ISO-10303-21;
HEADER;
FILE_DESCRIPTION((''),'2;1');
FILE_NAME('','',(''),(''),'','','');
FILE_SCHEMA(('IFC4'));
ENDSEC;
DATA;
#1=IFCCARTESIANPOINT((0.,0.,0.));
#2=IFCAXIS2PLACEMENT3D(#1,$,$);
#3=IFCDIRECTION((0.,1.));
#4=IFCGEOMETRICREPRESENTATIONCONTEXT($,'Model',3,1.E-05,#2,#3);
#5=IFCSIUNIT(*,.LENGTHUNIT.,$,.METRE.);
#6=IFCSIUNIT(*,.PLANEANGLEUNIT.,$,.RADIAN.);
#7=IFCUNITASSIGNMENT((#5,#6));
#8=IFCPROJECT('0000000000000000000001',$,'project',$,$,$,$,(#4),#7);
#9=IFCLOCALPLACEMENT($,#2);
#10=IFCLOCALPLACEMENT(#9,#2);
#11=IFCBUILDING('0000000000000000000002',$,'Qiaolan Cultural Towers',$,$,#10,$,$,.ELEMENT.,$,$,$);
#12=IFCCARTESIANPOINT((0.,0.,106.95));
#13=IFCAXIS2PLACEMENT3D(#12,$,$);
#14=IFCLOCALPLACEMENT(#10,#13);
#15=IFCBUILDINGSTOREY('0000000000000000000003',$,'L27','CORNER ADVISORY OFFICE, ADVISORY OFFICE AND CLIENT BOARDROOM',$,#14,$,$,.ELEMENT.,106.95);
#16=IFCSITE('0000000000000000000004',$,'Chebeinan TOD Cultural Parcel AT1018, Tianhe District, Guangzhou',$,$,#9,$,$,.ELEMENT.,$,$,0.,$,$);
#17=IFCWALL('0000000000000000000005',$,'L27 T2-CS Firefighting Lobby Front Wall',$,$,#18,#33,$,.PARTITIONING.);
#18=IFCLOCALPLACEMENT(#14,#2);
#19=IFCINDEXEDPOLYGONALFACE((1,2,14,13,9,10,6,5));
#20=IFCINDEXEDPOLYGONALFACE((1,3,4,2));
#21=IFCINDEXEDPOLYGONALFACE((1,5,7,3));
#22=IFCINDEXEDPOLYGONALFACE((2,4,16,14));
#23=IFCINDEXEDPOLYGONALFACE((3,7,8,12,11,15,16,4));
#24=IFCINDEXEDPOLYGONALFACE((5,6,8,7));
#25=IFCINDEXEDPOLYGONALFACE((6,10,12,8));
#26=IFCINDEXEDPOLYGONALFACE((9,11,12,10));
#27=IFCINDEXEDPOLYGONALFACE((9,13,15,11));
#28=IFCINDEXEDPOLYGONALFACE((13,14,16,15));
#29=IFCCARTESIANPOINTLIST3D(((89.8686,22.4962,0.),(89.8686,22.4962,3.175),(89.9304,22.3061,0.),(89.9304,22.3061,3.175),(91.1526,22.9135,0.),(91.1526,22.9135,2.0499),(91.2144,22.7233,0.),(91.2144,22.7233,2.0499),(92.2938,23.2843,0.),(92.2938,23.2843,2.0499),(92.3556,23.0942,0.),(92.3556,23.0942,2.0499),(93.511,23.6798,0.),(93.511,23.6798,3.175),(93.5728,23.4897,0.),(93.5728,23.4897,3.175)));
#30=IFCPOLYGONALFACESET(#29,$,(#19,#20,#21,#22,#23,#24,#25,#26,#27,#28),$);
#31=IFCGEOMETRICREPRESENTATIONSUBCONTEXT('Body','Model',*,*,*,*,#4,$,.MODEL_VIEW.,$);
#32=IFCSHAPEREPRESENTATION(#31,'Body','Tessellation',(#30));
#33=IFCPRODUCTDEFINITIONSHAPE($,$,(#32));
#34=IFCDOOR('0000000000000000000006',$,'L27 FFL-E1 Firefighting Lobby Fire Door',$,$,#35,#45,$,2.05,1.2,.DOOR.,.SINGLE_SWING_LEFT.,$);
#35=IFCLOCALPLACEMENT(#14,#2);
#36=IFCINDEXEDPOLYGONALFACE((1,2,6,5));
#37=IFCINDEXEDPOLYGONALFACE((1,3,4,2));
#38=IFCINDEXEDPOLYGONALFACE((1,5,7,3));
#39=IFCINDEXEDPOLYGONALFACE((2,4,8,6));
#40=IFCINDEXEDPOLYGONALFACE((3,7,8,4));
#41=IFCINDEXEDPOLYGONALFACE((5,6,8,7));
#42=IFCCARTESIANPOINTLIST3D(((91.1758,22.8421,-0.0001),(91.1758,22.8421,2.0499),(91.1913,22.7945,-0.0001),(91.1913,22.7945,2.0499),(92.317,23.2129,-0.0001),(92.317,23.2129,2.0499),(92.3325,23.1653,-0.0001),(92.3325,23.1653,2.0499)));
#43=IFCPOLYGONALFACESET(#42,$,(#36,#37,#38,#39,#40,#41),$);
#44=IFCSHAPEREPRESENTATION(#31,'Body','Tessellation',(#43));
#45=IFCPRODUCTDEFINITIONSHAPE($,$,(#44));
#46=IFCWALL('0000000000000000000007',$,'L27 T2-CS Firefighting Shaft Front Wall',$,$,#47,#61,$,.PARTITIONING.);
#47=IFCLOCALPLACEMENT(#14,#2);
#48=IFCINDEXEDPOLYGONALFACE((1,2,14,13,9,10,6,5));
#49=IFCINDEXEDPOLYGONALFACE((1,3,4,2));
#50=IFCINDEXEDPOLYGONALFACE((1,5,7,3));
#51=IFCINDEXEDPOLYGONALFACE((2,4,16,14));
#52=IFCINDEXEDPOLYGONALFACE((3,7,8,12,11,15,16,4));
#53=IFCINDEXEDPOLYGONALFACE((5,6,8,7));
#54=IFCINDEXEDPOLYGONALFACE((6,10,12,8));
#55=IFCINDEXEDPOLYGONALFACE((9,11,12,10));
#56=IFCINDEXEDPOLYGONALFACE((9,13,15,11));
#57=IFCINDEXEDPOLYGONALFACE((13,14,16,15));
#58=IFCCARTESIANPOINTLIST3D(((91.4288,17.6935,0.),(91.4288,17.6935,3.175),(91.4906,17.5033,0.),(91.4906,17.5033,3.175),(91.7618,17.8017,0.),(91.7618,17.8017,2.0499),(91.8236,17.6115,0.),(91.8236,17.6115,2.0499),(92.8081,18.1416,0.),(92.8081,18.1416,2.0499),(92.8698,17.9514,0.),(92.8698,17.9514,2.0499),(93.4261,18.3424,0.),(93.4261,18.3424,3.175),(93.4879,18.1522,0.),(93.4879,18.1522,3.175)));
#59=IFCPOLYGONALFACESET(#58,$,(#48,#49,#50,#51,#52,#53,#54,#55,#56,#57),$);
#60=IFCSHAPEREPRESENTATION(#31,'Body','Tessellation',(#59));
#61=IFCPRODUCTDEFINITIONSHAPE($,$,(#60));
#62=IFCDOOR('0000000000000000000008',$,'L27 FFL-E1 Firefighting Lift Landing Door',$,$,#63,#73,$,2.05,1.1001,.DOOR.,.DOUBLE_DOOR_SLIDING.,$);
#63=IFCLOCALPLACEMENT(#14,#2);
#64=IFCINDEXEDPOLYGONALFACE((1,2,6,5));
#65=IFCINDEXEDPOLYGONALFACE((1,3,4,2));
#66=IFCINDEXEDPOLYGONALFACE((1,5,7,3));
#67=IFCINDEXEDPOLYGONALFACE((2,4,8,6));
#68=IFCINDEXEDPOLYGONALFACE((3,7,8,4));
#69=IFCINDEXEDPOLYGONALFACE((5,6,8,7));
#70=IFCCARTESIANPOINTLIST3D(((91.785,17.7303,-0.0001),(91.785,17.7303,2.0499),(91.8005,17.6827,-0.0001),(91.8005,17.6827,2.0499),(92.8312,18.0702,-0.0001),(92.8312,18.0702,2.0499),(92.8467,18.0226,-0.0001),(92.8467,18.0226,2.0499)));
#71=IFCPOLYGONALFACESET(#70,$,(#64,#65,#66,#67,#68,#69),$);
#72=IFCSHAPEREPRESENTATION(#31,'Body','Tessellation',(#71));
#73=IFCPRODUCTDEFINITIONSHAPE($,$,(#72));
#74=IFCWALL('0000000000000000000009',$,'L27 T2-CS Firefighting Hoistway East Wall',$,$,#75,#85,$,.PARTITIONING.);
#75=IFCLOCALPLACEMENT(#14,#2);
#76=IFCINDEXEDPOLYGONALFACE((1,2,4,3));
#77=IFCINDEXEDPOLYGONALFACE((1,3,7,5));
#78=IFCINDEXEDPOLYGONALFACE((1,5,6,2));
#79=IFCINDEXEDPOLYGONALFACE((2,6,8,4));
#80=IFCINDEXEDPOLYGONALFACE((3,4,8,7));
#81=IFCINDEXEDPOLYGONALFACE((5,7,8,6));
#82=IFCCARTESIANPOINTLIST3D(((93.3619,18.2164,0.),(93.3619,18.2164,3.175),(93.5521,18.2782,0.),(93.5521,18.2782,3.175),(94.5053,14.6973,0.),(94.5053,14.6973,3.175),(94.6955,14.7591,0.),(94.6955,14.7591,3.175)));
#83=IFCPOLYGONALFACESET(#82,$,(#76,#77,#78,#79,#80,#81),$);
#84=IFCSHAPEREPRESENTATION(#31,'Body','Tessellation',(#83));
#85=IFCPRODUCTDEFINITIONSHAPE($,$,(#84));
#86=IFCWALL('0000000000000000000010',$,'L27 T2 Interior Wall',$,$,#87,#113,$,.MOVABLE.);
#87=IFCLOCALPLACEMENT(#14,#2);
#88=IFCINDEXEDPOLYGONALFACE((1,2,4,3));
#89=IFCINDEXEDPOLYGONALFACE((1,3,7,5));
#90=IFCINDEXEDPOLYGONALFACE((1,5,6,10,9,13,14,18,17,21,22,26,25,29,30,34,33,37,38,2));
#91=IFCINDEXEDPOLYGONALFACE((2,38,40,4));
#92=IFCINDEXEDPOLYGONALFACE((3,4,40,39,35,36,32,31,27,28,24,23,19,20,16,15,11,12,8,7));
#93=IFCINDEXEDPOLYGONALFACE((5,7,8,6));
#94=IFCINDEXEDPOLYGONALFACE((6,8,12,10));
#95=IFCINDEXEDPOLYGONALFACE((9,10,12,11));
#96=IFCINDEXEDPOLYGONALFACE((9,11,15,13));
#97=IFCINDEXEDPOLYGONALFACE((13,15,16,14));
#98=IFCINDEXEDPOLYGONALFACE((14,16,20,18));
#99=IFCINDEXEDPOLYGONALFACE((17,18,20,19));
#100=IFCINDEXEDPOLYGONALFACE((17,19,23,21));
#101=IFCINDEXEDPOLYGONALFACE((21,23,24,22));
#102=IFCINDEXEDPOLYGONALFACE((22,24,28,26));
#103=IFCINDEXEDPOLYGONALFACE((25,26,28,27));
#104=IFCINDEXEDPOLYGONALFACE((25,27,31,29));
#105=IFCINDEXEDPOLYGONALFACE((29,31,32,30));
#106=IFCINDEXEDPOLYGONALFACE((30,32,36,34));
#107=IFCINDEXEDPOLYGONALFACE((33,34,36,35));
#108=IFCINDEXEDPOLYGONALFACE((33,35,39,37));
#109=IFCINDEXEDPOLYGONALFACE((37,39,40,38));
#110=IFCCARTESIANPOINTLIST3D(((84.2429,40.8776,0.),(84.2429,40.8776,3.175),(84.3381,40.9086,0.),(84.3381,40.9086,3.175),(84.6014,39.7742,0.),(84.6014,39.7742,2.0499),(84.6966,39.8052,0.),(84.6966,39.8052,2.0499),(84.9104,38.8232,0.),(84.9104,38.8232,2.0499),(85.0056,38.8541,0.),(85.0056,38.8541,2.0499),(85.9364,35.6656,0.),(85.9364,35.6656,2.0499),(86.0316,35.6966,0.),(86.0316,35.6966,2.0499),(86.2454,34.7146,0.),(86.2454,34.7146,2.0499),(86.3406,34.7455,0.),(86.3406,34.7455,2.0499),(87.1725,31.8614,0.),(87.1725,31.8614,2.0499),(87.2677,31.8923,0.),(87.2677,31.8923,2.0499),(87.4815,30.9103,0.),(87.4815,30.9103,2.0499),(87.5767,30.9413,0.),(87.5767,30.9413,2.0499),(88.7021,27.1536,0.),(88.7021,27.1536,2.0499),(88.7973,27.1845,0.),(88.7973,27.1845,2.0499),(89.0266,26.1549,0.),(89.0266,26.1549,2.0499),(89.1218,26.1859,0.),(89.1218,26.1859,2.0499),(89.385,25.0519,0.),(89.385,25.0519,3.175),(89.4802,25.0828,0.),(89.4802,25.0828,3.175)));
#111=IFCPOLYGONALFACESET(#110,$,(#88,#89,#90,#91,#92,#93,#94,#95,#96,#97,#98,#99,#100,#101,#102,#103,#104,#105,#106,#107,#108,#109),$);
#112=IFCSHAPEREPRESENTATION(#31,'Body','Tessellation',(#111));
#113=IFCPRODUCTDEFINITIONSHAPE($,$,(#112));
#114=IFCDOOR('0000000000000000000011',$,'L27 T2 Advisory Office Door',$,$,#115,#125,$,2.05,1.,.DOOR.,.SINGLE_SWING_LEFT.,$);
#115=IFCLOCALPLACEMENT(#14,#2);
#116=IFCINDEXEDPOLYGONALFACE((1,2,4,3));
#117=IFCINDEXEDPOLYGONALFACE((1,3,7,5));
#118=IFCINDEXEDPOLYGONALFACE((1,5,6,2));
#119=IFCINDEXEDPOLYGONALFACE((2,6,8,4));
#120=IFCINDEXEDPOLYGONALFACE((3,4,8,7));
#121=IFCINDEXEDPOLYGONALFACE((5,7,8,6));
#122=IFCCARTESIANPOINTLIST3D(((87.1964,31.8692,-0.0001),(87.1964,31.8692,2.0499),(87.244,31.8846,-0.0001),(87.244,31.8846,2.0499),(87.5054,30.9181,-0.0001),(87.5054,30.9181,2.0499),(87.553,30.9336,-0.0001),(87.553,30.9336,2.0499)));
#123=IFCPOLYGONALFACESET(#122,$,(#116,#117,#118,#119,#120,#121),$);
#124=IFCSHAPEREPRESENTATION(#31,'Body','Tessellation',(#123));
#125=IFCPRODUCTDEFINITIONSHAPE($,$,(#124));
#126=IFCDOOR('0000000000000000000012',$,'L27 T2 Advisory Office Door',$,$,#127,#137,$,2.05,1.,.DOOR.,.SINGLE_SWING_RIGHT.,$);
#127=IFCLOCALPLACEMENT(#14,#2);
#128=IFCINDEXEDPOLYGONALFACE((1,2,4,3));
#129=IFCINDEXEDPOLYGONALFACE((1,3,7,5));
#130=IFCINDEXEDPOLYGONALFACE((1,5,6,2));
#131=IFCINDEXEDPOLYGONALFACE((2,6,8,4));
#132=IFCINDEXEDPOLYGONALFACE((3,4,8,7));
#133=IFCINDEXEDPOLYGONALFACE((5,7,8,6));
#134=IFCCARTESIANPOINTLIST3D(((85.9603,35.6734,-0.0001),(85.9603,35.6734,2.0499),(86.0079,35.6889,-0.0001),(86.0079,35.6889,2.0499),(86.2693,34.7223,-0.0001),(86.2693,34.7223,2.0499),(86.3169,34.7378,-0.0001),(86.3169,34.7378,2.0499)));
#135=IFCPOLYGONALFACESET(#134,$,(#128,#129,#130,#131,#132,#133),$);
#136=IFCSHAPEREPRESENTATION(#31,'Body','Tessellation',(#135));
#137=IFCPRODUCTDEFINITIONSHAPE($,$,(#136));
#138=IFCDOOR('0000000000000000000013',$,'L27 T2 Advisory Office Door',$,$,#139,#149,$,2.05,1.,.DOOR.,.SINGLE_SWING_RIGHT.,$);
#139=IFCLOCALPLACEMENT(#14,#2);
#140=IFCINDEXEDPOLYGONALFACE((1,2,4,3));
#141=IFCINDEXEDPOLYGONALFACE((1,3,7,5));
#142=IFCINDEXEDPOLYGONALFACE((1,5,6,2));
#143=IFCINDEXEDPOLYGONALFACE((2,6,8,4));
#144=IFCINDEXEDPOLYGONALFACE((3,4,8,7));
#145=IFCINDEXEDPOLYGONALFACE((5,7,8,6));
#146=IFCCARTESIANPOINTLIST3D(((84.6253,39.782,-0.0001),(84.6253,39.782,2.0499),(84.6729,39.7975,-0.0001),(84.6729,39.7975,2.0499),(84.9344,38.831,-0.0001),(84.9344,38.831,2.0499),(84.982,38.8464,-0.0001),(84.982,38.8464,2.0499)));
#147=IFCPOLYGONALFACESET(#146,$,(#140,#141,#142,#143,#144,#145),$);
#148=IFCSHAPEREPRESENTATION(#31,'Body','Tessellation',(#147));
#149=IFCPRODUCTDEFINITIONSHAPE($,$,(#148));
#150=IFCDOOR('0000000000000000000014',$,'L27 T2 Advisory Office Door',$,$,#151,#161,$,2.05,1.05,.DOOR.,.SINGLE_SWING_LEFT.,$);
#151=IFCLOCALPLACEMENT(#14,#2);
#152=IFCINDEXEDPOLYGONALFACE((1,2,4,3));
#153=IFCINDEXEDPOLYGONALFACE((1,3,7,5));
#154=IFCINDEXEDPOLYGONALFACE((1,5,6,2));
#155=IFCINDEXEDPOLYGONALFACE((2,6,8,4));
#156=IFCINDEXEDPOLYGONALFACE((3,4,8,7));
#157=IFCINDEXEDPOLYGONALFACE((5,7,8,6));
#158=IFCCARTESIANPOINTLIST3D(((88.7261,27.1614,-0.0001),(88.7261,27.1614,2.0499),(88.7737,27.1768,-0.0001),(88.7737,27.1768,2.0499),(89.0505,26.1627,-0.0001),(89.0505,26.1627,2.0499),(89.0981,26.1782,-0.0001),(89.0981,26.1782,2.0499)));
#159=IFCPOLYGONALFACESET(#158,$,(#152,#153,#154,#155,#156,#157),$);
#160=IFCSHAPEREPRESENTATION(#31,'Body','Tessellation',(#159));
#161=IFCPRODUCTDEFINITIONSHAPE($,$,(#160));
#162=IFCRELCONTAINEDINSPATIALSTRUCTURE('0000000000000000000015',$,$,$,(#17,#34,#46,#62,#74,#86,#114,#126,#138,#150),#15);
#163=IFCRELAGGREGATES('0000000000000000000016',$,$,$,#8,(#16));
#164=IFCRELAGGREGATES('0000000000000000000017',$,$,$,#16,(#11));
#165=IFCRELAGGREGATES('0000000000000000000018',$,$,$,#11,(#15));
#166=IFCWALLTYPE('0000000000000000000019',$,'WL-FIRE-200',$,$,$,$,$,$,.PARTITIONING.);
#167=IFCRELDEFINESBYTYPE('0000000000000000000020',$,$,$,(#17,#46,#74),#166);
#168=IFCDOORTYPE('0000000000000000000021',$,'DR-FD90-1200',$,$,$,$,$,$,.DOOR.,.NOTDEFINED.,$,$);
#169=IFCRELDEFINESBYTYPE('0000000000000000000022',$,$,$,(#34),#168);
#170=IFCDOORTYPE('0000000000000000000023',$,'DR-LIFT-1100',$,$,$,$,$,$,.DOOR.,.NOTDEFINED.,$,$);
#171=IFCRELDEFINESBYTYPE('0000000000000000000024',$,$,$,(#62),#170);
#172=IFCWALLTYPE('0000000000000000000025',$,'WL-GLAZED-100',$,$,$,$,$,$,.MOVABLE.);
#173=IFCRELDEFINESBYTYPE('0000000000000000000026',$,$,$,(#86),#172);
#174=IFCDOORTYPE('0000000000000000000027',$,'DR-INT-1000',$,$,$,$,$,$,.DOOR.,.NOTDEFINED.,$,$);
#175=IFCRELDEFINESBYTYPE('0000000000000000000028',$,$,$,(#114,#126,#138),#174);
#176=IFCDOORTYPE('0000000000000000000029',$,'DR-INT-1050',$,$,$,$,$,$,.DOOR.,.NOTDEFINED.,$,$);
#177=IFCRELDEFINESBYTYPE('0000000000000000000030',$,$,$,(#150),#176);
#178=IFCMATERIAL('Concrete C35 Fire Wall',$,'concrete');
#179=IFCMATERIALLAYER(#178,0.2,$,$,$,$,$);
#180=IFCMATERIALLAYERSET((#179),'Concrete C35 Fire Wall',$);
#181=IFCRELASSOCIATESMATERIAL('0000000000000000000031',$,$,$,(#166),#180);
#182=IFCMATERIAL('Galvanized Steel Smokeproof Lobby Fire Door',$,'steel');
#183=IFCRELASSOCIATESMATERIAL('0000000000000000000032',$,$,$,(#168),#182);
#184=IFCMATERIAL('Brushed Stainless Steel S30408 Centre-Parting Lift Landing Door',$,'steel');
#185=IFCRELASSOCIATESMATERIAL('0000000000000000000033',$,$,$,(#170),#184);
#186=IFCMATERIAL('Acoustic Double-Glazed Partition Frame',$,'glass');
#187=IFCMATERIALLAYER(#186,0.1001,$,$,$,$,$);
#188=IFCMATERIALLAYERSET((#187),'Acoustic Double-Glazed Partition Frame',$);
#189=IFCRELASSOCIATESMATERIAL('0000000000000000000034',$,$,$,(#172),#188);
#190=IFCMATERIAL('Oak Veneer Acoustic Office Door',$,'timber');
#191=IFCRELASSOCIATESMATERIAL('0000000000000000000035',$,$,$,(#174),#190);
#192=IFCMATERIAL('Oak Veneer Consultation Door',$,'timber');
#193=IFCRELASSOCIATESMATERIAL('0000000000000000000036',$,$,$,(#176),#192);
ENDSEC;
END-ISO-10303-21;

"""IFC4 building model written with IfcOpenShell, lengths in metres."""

from ifc_helpers import new_model, si_unit, direction, frame, frame_2d, origin, place, context, subcontext, project, spatial, rectangle, extrude, material, layer, layer_set, type_object, element, fill, save


model = new_model("IFC4")

# Units and contexts
model_context = context("Model", 3, precision=1e-05, world=origin(), true_north=direction((0.0, 1.0)))
body_context = subcontext(model_context, "Body", "Model", "MODEL_VIEW")
ifc_project = project(units=[si_unit("LENGTHUNIT", "METRE"), si_unit("PLANEANGLEUNIT", "RADIAN")], contexts=[model_context])

# Site, building, storey
site_placement = place(None, origin())
site = spatial("IfcSite", under=ifc_project, at=site_placement, Name="Chebeinan TOD Cultural Parcel AT1018, Tianhe District, Guangzhou", CompositionType="ELEMENT", RefElevation=0.0)
building_placement = place(site_placement, origin())
building = spatial("IfcBuilding", under=site, at=building_placement, Name="Qiaolan Cultural Towers", CompositionType="ELEMENT")
storey_placement = place(building_placement, frame((0.0, 0.0, 106.95)))
storey = spatial("IfcBuildingStorey", under=building, at=storey_placement, Name="L27", Description="CORNER ADVISORY OFFICE, ADVISORY OFFICE AND CLIENT BOARDROOM", CompositionType="ELEMENT", Elevation=106.95)

# Shared definitions
ifc_material_1 = material(Name="Concrete C35 Fire Wall", Category="concrete")
ifc_layer_1 = layer(ifc_material_1, 0.2)
ifc_layer_set_1 = layer_set([ifc_layer_1], Name="Concrete C35 Fire Wall")
wall_type_1 = type_object("IfcWallType", Name="WL-FIRE-200", PredefinedType="PARTITIONING", material=ifc_layer_set_1)

# Walls, openings, doors
wall_1_placement = place(storey_placement, frame((89.8994, 22.4011, 0.0), z_axis=(0.0, 0.0, 1.0), x_axis=(0.951047, 0.309047, 0.0)))
wall_1 = element("IfcWall", 1, at=wall_1_placement, inside=storey, type_object=wall_type_1, Name="L27 T2-CS Firefighting Lobby Front Wall", PredefinedType="PARTITIONING", context=body_context, shape_type="SweptSolid", body=[
    extrude(rectangle(XDim=3.8298, YDim=0.2, at=frame_2d((1.915, 0.0))), origin(), (0.0, 0.0, 1.0), 3.175),
])
opening_1_placement = place(wall_1_placement, frame((1.3501, 0.0, 0.0)))
opening_1 = element("IfcOpeningElement", 2, at=opening_1_placement, cuts=wall_1, PredefinedType="OPENING", context=body_context, shape_type="SweptSolid", body=[
    extrude(rectangle(XDim=1.2, YDim=2.05, at=frame_2d((0.6001, 1.0249))), frame((0.0, 0.1099, 0.0), z_axis=(0.0, -1.0, 0.0), x_axis=(1.0, 0.0, 0.0)), (0.0, 0.0, 1.0), 0.22),
])
ifc_material_2 = material(Name="Galvanized Steel Smokeproof Lobby Fire Door", Category="steel")
door_type_1 = type_object("IfcDoorType", Name="DR-FD90-1200", OperationType="NOTDEFINED", PredefinedType="DOOR", material=ifc_material_2)
door_1_placement = place(opening_1_placement, origin())
door_1 = element("IfcDoor", 3, at=door_1_placement, inside=storey, type_object=door_type_1, Name="L27 FFL-E1 Firefighting Lobby Fire Door", OperationType="SINGLE_SWING_LEFT", OverallHeight=2.05, OverallWidth=1.2, PredefinedType="DOOR", context=body_context, shape_type="SweptSolid", body=[
    extrude(rectangle(XDim=1.2, YDim=2.05, at=frame_2d((0.6001, 1.0249))), frame((0.0, 0.0249, 0.0), z_axis=(0.0, -1.0, 0.0), x_axis=(1.0, 0.0, 0.0)), (0.0, 0.0, 1.0), 0.05),
])
fill(opening_1, door_1)
wall_2_placement = place(storey_placement, frame((91.4597, 17.5984, 0.0), z_axis=(0.0, 0.0, 1.0), x_axis=(0.951062, 0.308999, 0.0)))
wall_2 = element("IfcWall", 4, at=wall_2_placement, inside=storey, type_object=wall_type_1, Name="L27 T2-CS Firefighting Shaft Front Wall", PredefinedType="PARTITIONING", context=body_context, shape_type="SweptSolid", body=[
    extrude(rectangle(XDim=2.1001, YDim=0.2, at=frame_2d((1.05, 0.0))), origin(), (0.0, 0.0, 1.0), 3.175),
])
opening_2_placement = place(wall_2_placement, frame((0.3501, 0.0, 0.0)))
opening_2 = element("IfcOpeningElement", 5, at=opening_2_placement, cuts=wall_2, PredefinedType="OPENING", context=body_context, shape_type="SweptSolid", body=[
    extrude(rectangle(XDim=1.1001, YDim=2.05, at=frame_2d((0.55, 1.0249))), frame((0.0, 0.1099, 0.0), z_axis=(0.0, -1.0, 0.0), x_axis=(1.0, 0.0, 0.0)), (0.0, 0.0, 1.0), 0.22),
])
ifc_material_3 = material(Name="Brushed Stainless Steel S30408 Centre-Parting Lift Landing Door", Category="steel")
door_type_2 = type_object("IfcDoorType", Name="DR-LIFT-1100", OperationType="NOTDEFINED", PredefinedType="DOOR", material=ifc_material_3)
door_2_placement = place(opening_2_placement, origin())
door_2 = element("IfcDoor", 6, at=door_2_placement, inside=storey, type_object=door_type_2, Name="L27 FFL-E1 Firefighting Lift Landing Door", OperationType="DOUBLE_DOOR_SLIDING", OverallHeight=2.05, OverallWidth=1.1001, PredefinedType="DOOR", context=body_context, shape_type="SweptSolid", body=[
    extrude(rectangle(XDim=1.1001, YDim=2.05, at=frame_2d((0.55, 1.0249))), frame((0.0, 0.0249, 0.0), z_axis=(0.0, -1.0, 0.0), x_axis=(1.0, 0.0, 0.0)), (0.0, 0.0, 1.0), 0.05),
])
fill(opening_2, door_2)

# Wall
wall_3_placement = place(storey_placement, frame((93.457, 18.2473, 0.0), z_axis=(0.0, 0.0, 1.0), x_axis=(0.308994, -0.951064, 0.0)))
element("IfcWall", 7, at=wall_3_placement, inside=storey, type_object=wall_type_1, Name="L27 T2-CS Firefighting Hoistway East Wall", PredefinedType="PARTITIONING", context=body_context, shape_type="SweptSolid", body=[
    extrude(rectangle(XDim=3.7002, YDim=0.2, at=frame_2d((1.8501, 0.0))), origin(), (0.0, 0.0, 1.0), 3.175),
])

# Wall, openings, doors
ifc_material_4 = material(Name="Acoustic Double-Glazed Partition Frame", Category="glass")
ifc_layer_2 = layer(ifc_material_4, 0.1001)
ifc_layer_set_2 = layer_set([ifc_layer_2], Name="Acoustic Double-Glazed Partition Frame")
wall_type_2 = type_object("IfcWallType", Name="WL-GLAZED-100", PredefinedType="MOVABLE", material=ifc_layer_set_2)
wall_4_placement = place(storey_placement, frame((89.4326, 25.0674, 0.0), z_axis=(0.0, 0.0, 1.0), x_axis=(-0.309018, 0.951056, 0.0)))
wall_4 = element("IfcWall", 8, at=wall_4_placement, inside=storey, type_object=wall_type_2, Name="L27 T2 Interior Wall", PredefinedType="MOVABLE", context=body_context, shape_type="SweptSolid", body=[
    extrude(rectangle(XDim=16.6401, YDim=0.1001, at=frame_2d((8.3201, 0.0))), origin(), (0.0, 0.0, 1.0), 3.175),
])
opening_3_placement = place(wall_4_placement, frame((1.1599, 0.0, 0.0)))
opening_3 = element("IfcOpeningElement", 9, at=opening_3_placement, cuts=wall_4, PredefinedType="OPENING", context=body_context, shape_type="SweptSolid", body=[
    extrude(rectangle(XDim=1.05, YDim=2.05, at=frame_2d((0.5249, 1.0249))), frame((0.0, 0.0601, 0.0), z_axis=(0.0, -1.0, 0.0), x_axis=(1.0, 0.0, 0.0)), (0.0, 0.0, 1.0), 0.1201),
])
opening_4_placement = place(wall_4_placement, frame((6.1599, 0.0, 0.0)))
opening_4 = element("IfcOpeningElement", 10, at=opening_4_placement, cuts=wall_4, PredefinedType="OPENING", context=body_context, shape_type="SweptSolid", body=[
    extrude(rectangle(XDim=1.0, YDim=2.05, at=frame_2d((0.5, 1.0249))), frame((0.0, 0.0601, 0.0), z_axis=(0.0, -1.0, 0.0), x_axis=(1.0, 0.0, 0.0)), (0.0, 0.0, 1.0), 0.1201),
])
opening_5_placement = place(wall_4_placement, frame((10.1599, 0.0, 0.0)))
opening_5 = element("IfcOpeningElement", 11, at=opening_5_placement, cuts=wall_4, PredefinedType="OPENING", context=body_context, shape_type="SweptSolid", body=[
    extrude(rectangle(XDim=1.0, YDim=2.05, at=frame_2d((0.5, 1.0249))), frame((0.0, 0.0601, 0.0), z_axis=(0.0, -1.0, 0.0), x_axis=(1.0, 0.0, 0.0)), (0.0, 0.0, 1.0), 0.1201),
])
opening_6_placement = place(wall_4_placement, frame((14.48, 0.0, 0.0)))
opening_6 = element("IfcOpeningElement", 12, at=opening_6_placement, cuts=wall_4, PredefinedType="OPENING", context=body_context, shape_type="SweptSolid", body=[
    extrude(rectangle(XDim=1.0, YDim=2.05, at=frame_2d((0.5, 1.0249))), frame((0.0, 0.0601, 0.0), z_axis=(0.0, -1.0, 0.0), x_axis=(1.0, 0.0, 0.0)), (0.0, 0.0, 1.0), 0.1201),
])
ifc_material_5 = material(Name="Oak Veneer Acoustic Office Door", Category="timber")
door_type_3 = type_object("IfcDoorType", Name="DR-INT-1000", OperationType="NOTDEFINED", PredefinedType="DOOR", material=ifc_material_5)
door_3_placement = place(opening_4_placement, origin())
door_3 = element("IfcDoor", 13, at=door_3_placement, inside=storey, type_object=door_type_3, Name="L27 T2 Advisory Office Door", OperationType="SINGLE_SWING_LEFT", OverallHeight=2.05, OverallWidth=1.0, PredefinedType="DOOR", context=body_context, shape_type="SweptSolid", body=[
    extrude(rectangle(XDim=1.0, YDim=2.05, at=frame_2d((0.5, 1.0249))), frame((0.0, 0.0249, 0.0), z_axis=(0.0, -1.0, 0.0), x_axis=(1.0, 0.0, 0.0)), (0.0, 0.0, 1.0), 0.05),
])
fill(opening_4, door_3)
door_4_placement = place(opening_5_placement, origin())
door_4 = element("IfcDoor", 14, at=door_4_placement, inside=storey, type_object=door_type_3, Name="L27 T2 Advisory Office Door", OperationType="SINGLE_SWING_RIGHT", OverallHeight=2.05, OverallWidth=1.0, PredefinedType="DOOR", context=body_context, shape_type="SweptSolid", body=[
    extrude(rectangle(XDim=1.0, YDim=2.05, at=frame_2d((0.5, 1.0249))), frame((0.0, 0.0249, 0.0), z_axis=(0.0, -1.0, 0.0), x_axis=(1.0, 0.0, 0.0)), (0.0, 0.0, 1.0), 0.05),
])
fill(opening_5, door_4)
door_5_placement = place(opening_6_placement, origin())
door_5 = element("IfcDoor", 15, at=door_5_placement, inside=storey, type_object=door_type_3, Name="L27 T2 Advisory Office Door", OperationType="SINGLE_SWING_RIGHT", OverallHeight=2.05, OverallWidth=1.0, PredefinedType="DOOR", context=body_context, shape_type="SweptSolid", body=[
    extrude(rectangle(XDim=1.0, YDim=2.05, at=frame_2d((0.5, 1.0249))), frame((0.0, 0.0249, 0.0), z_axis=(0.0, -1.0, 0.0), x_axis=(1.0, 0.0, 0.0)), (0.0, 0.0, 1.0), 0.05),
])
fill(opening_6, door_5)
ifc_material_6 = material(Name="Oak Veneer Consultation Door", Category="timber")
door_type_4 = type_object("IfcDoorType", Name="DR-INT-1050", OperationType="NOTDEFINED", PredefinedType="DOOR", material=ifc_material_6)
door_6_placement = place(opening_3_placement, origin())
door_6 = element("IfcDoor", 16, at=door_6_placement, inside=storey, type_object=door_type_4, Name="L27 T2 Advisory Office Door", OperationType="SINGLE_SWING_LEFT", OverallHeight=2.05, OverallWidth=1.05, PredefinedType="DOOR", context=body_context, shape_type="SweptSolid", body=[
    extrude(rectangle(XDim=1.05, YDim=2.05, at=frame_2d((0.5249, 1.0249))), frame((0.0, 0.0249, 0.0), z_axis=(0.0, -1.0, 0.0), x_axis=(1.0, 0.0, 0.0)), (0.0, 0.0, 1.0), 0.05),
])
fill(opening_3, door_6)

save(model, "model.ifc")
